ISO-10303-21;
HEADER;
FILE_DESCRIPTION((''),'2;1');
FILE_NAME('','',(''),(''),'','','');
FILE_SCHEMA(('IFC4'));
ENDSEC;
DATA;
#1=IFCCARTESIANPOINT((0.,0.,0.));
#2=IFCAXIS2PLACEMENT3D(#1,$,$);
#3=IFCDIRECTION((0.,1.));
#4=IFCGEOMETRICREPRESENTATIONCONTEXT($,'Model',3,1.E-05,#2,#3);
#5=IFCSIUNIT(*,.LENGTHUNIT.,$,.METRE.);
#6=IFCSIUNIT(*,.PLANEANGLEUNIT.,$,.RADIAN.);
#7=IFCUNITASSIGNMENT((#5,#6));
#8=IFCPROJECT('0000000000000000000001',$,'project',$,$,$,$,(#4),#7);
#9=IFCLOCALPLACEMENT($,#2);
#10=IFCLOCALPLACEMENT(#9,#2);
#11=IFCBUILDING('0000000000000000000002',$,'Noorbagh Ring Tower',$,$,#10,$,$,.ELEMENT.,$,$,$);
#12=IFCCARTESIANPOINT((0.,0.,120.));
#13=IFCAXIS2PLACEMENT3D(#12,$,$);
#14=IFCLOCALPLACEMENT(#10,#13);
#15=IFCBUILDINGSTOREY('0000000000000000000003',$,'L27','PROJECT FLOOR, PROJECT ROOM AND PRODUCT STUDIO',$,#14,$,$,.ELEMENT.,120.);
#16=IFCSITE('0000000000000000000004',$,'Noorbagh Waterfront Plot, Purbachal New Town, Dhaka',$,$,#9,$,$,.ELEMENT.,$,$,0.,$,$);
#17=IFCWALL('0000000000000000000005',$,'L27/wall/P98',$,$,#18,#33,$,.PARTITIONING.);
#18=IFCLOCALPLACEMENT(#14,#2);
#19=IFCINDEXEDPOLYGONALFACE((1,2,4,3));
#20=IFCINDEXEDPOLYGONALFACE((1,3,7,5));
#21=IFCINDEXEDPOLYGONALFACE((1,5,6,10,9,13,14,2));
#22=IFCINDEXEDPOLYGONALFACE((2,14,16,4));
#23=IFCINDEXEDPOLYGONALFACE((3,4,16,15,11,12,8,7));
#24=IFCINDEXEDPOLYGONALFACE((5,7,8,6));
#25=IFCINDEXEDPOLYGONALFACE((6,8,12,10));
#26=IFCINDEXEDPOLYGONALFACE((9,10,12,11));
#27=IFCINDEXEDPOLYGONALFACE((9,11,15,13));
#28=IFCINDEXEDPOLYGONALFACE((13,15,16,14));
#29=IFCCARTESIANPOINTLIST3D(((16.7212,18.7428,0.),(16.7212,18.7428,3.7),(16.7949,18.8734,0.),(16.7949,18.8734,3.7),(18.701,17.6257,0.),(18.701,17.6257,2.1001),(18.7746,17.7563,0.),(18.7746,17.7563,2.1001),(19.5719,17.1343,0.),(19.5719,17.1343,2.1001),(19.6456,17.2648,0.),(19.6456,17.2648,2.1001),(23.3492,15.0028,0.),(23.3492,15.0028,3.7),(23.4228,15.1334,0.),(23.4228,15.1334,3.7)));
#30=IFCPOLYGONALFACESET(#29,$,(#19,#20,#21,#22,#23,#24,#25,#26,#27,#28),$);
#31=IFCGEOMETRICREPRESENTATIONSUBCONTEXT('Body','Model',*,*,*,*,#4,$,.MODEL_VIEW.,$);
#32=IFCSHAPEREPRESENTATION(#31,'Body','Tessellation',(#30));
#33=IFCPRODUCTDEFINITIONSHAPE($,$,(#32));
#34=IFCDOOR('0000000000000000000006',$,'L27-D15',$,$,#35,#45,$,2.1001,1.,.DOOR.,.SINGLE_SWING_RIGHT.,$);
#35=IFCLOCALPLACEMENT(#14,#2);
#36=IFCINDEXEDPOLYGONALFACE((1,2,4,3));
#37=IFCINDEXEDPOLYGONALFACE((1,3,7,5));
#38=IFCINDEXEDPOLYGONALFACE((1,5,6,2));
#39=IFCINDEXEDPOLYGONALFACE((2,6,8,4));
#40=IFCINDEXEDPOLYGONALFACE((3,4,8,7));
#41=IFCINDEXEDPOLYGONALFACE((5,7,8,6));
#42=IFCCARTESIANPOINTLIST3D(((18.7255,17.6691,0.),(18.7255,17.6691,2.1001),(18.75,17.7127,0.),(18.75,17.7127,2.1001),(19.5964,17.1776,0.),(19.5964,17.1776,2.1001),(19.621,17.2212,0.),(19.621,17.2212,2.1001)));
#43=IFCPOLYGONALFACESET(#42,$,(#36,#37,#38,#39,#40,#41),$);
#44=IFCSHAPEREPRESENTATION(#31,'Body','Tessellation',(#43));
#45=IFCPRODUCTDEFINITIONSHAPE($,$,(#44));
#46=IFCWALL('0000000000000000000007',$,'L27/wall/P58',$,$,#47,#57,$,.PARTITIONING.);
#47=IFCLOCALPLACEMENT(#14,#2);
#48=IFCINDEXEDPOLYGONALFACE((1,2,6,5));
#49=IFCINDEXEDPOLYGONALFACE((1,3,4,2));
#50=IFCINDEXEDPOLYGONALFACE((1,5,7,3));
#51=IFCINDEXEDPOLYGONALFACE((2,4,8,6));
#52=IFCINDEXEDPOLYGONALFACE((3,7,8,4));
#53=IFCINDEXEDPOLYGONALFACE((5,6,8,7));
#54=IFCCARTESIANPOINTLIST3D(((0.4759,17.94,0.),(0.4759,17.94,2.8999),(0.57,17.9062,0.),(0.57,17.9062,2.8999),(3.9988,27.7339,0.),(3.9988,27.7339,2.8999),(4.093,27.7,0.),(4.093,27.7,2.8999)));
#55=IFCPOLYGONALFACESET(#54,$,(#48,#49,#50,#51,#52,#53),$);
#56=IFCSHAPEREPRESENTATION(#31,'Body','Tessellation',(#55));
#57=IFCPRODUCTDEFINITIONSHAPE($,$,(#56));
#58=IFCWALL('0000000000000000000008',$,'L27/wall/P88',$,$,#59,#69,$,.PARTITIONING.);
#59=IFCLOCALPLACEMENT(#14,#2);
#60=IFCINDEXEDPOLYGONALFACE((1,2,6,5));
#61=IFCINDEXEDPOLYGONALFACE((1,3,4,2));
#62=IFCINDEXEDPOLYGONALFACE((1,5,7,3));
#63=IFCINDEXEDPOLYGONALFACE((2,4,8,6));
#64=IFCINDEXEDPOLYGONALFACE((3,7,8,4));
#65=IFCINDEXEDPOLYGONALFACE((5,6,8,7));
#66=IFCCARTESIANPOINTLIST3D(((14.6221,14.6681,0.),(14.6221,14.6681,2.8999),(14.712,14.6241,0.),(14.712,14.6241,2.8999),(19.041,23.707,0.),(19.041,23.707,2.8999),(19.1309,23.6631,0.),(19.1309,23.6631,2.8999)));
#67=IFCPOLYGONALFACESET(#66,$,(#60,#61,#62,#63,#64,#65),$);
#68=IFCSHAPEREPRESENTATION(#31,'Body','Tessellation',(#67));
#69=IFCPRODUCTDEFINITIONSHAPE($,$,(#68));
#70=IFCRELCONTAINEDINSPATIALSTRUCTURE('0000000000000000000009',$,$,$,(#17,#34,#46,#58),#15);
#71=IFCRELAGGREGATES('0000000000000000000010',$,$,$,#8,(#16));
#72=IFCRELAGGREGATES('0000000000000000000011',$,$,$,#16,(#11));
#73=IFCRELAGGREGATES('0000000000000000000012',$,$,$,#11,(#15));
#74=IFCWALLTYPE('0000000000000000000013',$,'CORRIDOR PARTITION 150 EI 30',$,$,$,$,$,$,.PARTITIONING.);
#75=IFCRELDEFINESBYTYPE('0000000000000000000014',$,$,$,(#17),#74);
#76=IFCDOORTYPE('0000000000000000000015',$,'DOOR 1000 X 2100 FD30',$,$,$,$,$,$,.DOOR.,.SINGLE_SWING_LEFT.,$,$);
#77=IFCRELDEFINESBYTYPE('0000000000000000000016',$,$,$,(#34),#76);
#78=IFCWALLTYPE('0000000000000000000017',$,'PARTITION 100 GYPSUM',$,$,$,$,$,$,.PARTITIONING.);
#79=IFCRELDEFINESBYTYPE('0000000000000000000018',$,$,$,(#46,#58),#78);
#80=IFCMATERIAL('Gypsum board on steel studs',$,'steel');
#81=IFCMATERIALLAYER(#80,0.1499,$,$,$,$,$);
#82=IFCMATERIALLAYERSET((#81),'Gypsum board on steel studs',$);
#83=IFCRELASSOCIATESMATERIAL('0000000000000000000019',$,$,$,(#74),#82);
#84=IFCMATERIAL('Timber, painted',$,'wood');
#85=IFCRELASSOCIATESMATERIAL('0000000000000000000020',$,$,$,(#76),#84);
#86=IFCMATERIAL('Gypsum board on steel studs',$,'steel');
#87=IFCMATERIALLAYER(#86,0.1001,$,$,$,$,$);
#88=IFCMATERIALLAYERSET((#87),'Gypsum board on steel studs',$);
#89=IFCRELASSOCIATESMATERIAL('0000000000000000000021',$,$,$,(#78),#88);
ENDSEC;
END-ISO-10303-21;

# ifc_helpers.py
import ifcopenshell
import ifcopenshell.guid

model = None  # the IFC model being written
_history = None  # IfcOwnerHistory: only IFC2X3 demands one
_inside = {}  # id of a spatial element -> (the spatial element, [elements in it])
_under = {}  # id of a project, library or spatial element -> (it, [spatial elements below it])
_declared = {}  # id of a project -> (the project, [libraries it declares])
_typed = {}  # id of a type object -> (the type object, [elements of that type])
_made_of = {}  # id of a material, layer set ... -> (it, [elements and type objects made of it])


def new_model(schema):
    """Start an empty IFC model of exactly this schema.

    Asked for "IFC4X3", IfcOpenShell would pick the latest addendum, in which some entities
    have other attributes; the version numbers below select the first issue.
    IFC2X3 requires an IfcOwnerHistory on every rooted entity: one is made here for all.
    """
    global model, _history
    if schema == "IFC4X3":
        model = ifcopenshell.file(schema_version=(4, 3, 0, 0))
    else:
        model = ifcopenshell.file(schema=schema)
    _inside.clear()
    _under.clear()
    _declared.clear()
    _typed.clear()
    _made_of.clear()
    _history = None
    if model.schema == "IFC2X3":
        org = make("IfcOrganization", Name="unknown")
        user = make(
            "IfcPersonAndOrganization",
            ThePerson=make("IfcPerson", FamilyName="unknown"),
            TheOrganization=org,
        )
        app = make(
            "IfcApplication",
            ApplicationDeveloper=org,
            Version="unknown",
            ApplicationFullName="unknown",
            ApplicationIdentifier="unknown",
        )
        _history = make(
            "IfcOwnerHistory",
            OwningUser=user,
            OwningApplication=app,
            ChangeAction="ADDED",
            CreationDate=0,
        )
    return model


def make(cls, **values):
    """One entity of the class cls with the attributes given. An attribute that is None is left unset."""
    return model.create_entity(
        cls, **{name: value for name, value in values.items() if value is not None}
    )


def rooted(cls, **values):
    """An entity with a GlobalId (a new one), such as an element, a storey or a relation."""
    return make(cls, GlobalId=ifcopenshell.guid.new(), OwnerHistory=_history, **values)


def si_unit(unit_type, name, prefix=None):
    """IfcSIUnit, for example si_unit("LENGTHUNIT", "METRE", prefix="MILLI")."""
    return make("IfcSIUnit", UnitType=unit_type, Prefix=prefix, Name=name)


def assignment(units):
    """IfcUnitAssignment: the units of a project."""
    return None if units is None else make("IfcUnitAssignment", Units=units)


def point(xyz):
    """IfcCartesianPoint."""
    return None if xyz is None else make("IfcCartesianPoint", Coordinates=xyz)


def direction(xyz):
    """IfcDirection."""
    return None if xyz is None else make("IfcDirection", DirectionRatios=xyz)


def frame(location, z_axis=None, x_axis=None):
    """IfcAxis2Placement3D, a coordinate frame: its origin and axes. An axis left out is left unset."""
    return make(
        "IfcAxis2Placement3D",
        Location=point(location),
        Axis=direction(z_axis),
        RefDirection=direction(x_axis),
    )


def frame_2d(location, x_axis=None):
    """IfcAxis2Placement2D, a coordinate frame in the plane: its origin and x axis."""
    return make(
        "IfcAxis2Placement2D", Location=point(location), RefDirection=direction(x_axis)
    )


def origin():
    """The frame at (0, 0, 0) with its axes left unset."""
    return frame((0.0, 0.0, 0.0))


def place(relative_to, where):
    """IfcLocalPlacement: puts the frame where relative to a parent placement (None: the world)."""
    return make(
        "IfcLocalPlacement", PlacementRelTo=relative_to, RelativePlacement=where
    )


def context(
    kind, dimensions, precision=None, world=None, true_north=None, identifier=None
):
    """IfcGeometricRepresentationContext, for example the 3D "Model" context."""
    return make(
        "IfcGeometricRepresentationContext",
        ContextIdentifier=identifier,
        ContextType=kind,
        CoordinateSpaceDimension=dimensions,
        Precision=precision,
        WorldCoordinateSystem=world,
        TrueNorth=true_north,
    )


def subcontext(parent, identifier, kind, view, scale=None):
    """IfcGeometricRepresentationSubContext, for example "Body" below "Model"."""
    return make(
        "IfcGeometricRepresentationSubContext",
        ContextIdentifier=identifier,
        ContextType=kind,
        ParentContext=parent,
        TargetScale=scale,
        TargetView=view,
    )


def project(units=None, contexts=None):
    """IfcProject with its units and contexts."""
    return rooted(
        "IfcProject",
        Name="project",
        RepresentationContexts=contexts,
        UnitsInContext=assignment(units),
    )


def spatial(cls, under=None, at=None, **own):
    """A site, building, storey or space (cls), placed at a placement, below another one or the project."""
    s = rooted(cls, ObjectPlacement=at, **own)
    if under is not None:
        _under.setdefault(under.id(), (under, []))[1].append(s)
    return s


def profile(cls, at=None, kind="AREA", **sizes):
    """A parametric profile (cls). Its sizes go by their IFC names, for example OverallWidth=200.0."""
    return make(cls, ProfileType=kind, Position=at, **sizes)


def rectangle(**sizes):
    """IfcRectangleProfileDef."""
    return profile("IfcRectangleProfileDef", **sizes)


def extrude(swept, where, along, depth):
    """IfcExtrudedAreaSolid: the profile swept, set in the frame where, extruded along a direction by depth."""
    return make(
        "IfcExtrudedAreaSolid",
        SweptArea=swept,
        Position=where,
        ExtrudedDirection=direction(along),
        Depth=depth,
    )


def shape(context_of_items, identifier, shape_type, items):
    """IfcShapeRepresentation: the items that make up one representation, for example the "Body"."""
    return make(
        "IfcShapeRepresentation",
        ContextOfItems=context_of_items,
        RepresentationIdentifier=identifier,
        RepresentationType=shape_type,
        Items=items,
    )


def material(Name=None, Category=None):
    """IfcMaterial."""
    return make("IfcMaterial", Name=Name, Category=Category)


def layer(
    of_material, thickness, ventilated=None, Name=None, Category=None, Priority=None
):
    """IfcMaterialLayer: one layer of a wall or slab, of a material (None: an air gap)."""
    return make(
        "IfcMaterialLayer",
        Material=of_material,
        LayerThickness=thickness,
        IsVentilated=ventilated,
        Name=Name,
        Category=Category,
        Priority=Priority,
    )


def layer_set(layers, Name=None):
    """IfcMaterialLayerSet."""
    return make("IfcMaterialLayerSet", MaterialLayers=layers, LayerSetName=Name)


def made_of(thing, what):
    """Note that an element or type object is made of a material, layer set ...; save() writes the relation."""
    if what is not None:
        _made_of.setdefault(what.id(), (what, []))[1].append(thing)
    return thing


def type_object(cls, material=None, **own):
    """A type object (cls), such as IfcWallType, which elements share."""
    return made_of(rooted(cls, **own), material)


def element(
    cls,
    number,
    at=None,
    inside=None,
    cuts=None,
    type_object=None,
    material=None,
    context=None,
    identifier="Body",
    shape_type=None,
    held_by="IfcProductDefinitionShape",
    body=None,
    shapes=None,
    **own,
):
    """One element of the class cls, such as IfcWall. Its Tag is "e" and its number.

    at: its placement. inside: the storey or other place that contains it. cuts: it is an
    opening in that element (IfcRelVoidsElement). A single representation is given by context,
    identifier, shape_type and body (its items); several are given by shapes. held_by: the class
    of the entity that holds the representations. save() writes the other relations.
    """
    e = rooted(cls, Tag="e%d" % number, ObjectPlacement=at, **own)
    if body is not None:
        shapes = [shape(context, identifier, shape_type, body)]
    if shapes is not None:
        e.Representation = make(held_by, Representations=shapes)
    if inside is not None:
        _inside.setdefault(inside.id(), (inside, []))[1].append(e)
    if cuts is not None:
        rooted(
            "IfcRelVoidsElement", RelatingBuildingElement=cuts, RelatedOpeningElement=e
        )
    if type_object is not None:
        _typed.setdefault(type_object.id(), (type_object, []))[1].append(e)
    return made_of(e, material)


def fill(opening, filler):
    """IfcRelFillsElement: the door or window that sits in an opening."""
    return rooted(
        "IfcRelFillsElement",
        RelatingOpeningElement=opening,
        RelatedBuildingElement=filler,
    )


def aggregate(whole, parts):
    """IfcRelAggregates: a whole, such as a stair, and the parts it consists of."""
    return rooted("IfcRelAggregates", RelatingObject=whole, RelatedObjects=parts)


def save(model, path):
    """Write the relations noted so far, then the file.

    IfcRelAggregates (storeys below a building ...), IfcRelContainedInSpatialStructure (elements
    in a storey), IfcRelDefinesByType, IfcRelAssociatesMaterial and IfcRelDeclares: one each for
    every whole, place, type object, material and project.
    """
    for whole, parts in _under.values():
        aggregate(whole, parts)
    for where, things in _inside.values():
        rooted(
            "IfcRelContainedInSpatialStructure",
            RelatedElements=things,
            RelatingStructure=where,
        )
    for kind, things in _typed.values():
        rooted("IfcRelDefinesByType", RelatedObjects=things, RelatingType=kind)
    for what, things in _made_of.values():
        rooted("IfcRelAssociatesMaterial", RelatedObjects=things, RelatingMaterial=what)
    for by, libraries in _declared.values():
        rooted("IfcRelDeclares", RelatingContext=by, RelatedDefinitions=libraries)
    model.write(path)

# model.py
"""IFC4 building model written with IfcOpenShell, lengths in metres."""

from ifc_helpers import new_model, si_unit, direction, frame, frame_2d, origin, place, context, subcontext, project, spatial, rectangle, extrude, material, layer, layer_set, type_object, element, fill, save


model = new_model("IFC4")

# Units and contexts
model_context = context("Model", 3, precision=1e-05, world=origin(), true_north=direction((0.0, 1.0)))
body_context = subcontext(model_context, "Body", "Model", "MODEL_VIEW")
ifc_project = project(units=[si_unit("LENGTHUNIT", "METRE"), si_unit("PLANEANGLEUNIT", "RADIAN")], contexts=[model_context])

# Site, building, storey
site_placement = place(None, origin())
site = spatial("IfcSite", under=ifc_project, at=site_placement, Name="Noorbagh Waterfront Plot, Purbachal New Town, Dhaka", CompositionType="ELEMENT", RefElevation=0.0)
building_placement = place(site_placement, origin())
building = spatial("IfcBuilding", under=site, at=building_placement, Name="Noorbagh Ring Tower", CompositionType="ELEMENT")
storey_placement = place(building_placement, frame((0.0, 0.0, 120.0)))
storey = spatial("IfcBuildingStorey", under=building, at=storey_placement, Name="L27", Description="PROJECT FLOOR, PROJECT ROOM AND PRODUCT STUDIO", CompositionType="ELEMENT", Elevation=120.0)

# Shared definitions
ifc_material_1 = material(Name="Gypsum board on steel studs", Category="steel")
ifc_layer_1 = layer(ifc_material_1, 0.1499)
ifc_layer_set_1 = layer_set([ifc_layer_1], Name="Gypsum board on steel studs")
wall_type_1 = type_object("IfcWallType", Name="CORRIDOR PARTITION 150 EI 30", PredefinedType="PARTITIONING", material=ifc_layer_set_1)

# Shared definitions
ifc_material_2 = material(Name="Timber, painted", Category="wood")
door_type_1 = type_object("IfcDoorType", Name="DOOR 1000 X 2100 FD30", OperationType="SINGLE_SWING_LEFT", PredefinedType="DOOR", material=ifc_material_2)

# Wall, opening, door
wall_1_placement = place(storey_placement, frame((16.7581, 18.8081, 0.0), z_axis=(0.0, 0.0, 1.0), x_axis=(0.870913, -0.491437, 0.0)))
wall_1 = element("IfcWall", 1, at=wall_1_placement, inside=storey, type_object=wall_type_1, Name="L27/wall/P98", PredefinedType="PARTITIONING", context=body_context, shape_type="SweptSolid", body=[
    extrude(rectangle(XDim=7.6104, YDim=0.1499, at=frame_2d((3.8052, 0.0))), origin(), (0.0, 0.0, 1.0), 3.7),
])
opening_1_placement = place(wall_1_placement, frame((2.2732, 0.0, 0.0)))
opening_1 = element("IfcOpeningElement", 2, at=opening_1_placement, cuts=wall_1, PredefinedType="OPENING", context=body_context, shape_type="SweptSolid", body=[
    extrude(rectangle(XDim=1.0, YDim=2.1001, at=frame_2d((0.5, 1.05))), frame((0.0, 0.085, 0.0), z_axis=(0.0, -1.0, 0.0), x_axis=(1.0, 0.0, 0.0)), (0.0, 0.0, 1.0), 0.1699),
])
door_1_placement = place(opening_1_placement, origin())
door_1 = element("IfcDoor", 3, at=door_1_placement, inside=storey, type_object=door_type_1, Name="L27-D15", OperationType="SINGLE_SWING_RIGHT", OverallHeight=2.1001, OverallWidth=1.0, PredefinedType="DOOR", context=body_context, shape_type="SweptSolid", body=[
    extrude(rectangle(XDim=1.0, YDim=2.1001, at=frame_2d((0.5, 1.05))), frame((0.0, 0.0249, 0.0), z_axis=(0.0, -1.0, 0.0), x_axis=(1.0, 0.0, 0.0)), (0.0, 0.0, 1.0), 0.05),
])
fill(opening_1, door_1)

# Walls
ifc_material_3 = material(Name="Gypsum board on steel studs", Category="steel")
ifc_layer_2 = layer(ifc_material_3, 0.1001)
ifc_layer_set_2 = layer_set([ifc_layer_2], Name="Gypsum board on steel studs")
wall_type_2 = type_object("IfcWallType", Name="PARTITION 100 GYPSUM", PredefinedType="PARTITIONING", material=ifc_layer_set_2)
wall_2_placement = place(storey_placement, frame((0.5229, 17.9231, 0.0), z_axis=(0.0, 0.0, 1.0), x_axis=(0.338475, 0.940975, 0.0)))
element("IfcWall", 4, at=wall_2_placement, inside=storey, type_object=wall_type_2, Name="L27/wall/P58", PredefinedType="PARTITIONING", context=body_context, shape_type="SweptSolid", body=[
    extrude(rectangle(XDim=10.4082, YDim=0.1001, at=frame_2d((5.2041, 0.0))), origin(), (0.0, 0.0, 1.0), 2.8999),
])
wall_3_placement = place(storey_placement, frame((14.667, 14.646, 0.0), z_axis=(0.0, 0.0, 1.0), x_axis=(0.439198, 0.89839, 0.0)))
element("IfcWall", 5, at=wall_3_placement, inside=storey, type_object=wall_type_2, Name="L27/wall/P88", PredefinedType="PARTITIONING", context=body_context, shape_type="SweptSolid", body=[
    extrude(rectangle(XDim=10.0613, YDim=0.1001, at=frame_2d((5.0308, 0.0))), origin(), (0.0, 0.0, 1.0), 2.8999),
])

save(model, "model.ifc")
